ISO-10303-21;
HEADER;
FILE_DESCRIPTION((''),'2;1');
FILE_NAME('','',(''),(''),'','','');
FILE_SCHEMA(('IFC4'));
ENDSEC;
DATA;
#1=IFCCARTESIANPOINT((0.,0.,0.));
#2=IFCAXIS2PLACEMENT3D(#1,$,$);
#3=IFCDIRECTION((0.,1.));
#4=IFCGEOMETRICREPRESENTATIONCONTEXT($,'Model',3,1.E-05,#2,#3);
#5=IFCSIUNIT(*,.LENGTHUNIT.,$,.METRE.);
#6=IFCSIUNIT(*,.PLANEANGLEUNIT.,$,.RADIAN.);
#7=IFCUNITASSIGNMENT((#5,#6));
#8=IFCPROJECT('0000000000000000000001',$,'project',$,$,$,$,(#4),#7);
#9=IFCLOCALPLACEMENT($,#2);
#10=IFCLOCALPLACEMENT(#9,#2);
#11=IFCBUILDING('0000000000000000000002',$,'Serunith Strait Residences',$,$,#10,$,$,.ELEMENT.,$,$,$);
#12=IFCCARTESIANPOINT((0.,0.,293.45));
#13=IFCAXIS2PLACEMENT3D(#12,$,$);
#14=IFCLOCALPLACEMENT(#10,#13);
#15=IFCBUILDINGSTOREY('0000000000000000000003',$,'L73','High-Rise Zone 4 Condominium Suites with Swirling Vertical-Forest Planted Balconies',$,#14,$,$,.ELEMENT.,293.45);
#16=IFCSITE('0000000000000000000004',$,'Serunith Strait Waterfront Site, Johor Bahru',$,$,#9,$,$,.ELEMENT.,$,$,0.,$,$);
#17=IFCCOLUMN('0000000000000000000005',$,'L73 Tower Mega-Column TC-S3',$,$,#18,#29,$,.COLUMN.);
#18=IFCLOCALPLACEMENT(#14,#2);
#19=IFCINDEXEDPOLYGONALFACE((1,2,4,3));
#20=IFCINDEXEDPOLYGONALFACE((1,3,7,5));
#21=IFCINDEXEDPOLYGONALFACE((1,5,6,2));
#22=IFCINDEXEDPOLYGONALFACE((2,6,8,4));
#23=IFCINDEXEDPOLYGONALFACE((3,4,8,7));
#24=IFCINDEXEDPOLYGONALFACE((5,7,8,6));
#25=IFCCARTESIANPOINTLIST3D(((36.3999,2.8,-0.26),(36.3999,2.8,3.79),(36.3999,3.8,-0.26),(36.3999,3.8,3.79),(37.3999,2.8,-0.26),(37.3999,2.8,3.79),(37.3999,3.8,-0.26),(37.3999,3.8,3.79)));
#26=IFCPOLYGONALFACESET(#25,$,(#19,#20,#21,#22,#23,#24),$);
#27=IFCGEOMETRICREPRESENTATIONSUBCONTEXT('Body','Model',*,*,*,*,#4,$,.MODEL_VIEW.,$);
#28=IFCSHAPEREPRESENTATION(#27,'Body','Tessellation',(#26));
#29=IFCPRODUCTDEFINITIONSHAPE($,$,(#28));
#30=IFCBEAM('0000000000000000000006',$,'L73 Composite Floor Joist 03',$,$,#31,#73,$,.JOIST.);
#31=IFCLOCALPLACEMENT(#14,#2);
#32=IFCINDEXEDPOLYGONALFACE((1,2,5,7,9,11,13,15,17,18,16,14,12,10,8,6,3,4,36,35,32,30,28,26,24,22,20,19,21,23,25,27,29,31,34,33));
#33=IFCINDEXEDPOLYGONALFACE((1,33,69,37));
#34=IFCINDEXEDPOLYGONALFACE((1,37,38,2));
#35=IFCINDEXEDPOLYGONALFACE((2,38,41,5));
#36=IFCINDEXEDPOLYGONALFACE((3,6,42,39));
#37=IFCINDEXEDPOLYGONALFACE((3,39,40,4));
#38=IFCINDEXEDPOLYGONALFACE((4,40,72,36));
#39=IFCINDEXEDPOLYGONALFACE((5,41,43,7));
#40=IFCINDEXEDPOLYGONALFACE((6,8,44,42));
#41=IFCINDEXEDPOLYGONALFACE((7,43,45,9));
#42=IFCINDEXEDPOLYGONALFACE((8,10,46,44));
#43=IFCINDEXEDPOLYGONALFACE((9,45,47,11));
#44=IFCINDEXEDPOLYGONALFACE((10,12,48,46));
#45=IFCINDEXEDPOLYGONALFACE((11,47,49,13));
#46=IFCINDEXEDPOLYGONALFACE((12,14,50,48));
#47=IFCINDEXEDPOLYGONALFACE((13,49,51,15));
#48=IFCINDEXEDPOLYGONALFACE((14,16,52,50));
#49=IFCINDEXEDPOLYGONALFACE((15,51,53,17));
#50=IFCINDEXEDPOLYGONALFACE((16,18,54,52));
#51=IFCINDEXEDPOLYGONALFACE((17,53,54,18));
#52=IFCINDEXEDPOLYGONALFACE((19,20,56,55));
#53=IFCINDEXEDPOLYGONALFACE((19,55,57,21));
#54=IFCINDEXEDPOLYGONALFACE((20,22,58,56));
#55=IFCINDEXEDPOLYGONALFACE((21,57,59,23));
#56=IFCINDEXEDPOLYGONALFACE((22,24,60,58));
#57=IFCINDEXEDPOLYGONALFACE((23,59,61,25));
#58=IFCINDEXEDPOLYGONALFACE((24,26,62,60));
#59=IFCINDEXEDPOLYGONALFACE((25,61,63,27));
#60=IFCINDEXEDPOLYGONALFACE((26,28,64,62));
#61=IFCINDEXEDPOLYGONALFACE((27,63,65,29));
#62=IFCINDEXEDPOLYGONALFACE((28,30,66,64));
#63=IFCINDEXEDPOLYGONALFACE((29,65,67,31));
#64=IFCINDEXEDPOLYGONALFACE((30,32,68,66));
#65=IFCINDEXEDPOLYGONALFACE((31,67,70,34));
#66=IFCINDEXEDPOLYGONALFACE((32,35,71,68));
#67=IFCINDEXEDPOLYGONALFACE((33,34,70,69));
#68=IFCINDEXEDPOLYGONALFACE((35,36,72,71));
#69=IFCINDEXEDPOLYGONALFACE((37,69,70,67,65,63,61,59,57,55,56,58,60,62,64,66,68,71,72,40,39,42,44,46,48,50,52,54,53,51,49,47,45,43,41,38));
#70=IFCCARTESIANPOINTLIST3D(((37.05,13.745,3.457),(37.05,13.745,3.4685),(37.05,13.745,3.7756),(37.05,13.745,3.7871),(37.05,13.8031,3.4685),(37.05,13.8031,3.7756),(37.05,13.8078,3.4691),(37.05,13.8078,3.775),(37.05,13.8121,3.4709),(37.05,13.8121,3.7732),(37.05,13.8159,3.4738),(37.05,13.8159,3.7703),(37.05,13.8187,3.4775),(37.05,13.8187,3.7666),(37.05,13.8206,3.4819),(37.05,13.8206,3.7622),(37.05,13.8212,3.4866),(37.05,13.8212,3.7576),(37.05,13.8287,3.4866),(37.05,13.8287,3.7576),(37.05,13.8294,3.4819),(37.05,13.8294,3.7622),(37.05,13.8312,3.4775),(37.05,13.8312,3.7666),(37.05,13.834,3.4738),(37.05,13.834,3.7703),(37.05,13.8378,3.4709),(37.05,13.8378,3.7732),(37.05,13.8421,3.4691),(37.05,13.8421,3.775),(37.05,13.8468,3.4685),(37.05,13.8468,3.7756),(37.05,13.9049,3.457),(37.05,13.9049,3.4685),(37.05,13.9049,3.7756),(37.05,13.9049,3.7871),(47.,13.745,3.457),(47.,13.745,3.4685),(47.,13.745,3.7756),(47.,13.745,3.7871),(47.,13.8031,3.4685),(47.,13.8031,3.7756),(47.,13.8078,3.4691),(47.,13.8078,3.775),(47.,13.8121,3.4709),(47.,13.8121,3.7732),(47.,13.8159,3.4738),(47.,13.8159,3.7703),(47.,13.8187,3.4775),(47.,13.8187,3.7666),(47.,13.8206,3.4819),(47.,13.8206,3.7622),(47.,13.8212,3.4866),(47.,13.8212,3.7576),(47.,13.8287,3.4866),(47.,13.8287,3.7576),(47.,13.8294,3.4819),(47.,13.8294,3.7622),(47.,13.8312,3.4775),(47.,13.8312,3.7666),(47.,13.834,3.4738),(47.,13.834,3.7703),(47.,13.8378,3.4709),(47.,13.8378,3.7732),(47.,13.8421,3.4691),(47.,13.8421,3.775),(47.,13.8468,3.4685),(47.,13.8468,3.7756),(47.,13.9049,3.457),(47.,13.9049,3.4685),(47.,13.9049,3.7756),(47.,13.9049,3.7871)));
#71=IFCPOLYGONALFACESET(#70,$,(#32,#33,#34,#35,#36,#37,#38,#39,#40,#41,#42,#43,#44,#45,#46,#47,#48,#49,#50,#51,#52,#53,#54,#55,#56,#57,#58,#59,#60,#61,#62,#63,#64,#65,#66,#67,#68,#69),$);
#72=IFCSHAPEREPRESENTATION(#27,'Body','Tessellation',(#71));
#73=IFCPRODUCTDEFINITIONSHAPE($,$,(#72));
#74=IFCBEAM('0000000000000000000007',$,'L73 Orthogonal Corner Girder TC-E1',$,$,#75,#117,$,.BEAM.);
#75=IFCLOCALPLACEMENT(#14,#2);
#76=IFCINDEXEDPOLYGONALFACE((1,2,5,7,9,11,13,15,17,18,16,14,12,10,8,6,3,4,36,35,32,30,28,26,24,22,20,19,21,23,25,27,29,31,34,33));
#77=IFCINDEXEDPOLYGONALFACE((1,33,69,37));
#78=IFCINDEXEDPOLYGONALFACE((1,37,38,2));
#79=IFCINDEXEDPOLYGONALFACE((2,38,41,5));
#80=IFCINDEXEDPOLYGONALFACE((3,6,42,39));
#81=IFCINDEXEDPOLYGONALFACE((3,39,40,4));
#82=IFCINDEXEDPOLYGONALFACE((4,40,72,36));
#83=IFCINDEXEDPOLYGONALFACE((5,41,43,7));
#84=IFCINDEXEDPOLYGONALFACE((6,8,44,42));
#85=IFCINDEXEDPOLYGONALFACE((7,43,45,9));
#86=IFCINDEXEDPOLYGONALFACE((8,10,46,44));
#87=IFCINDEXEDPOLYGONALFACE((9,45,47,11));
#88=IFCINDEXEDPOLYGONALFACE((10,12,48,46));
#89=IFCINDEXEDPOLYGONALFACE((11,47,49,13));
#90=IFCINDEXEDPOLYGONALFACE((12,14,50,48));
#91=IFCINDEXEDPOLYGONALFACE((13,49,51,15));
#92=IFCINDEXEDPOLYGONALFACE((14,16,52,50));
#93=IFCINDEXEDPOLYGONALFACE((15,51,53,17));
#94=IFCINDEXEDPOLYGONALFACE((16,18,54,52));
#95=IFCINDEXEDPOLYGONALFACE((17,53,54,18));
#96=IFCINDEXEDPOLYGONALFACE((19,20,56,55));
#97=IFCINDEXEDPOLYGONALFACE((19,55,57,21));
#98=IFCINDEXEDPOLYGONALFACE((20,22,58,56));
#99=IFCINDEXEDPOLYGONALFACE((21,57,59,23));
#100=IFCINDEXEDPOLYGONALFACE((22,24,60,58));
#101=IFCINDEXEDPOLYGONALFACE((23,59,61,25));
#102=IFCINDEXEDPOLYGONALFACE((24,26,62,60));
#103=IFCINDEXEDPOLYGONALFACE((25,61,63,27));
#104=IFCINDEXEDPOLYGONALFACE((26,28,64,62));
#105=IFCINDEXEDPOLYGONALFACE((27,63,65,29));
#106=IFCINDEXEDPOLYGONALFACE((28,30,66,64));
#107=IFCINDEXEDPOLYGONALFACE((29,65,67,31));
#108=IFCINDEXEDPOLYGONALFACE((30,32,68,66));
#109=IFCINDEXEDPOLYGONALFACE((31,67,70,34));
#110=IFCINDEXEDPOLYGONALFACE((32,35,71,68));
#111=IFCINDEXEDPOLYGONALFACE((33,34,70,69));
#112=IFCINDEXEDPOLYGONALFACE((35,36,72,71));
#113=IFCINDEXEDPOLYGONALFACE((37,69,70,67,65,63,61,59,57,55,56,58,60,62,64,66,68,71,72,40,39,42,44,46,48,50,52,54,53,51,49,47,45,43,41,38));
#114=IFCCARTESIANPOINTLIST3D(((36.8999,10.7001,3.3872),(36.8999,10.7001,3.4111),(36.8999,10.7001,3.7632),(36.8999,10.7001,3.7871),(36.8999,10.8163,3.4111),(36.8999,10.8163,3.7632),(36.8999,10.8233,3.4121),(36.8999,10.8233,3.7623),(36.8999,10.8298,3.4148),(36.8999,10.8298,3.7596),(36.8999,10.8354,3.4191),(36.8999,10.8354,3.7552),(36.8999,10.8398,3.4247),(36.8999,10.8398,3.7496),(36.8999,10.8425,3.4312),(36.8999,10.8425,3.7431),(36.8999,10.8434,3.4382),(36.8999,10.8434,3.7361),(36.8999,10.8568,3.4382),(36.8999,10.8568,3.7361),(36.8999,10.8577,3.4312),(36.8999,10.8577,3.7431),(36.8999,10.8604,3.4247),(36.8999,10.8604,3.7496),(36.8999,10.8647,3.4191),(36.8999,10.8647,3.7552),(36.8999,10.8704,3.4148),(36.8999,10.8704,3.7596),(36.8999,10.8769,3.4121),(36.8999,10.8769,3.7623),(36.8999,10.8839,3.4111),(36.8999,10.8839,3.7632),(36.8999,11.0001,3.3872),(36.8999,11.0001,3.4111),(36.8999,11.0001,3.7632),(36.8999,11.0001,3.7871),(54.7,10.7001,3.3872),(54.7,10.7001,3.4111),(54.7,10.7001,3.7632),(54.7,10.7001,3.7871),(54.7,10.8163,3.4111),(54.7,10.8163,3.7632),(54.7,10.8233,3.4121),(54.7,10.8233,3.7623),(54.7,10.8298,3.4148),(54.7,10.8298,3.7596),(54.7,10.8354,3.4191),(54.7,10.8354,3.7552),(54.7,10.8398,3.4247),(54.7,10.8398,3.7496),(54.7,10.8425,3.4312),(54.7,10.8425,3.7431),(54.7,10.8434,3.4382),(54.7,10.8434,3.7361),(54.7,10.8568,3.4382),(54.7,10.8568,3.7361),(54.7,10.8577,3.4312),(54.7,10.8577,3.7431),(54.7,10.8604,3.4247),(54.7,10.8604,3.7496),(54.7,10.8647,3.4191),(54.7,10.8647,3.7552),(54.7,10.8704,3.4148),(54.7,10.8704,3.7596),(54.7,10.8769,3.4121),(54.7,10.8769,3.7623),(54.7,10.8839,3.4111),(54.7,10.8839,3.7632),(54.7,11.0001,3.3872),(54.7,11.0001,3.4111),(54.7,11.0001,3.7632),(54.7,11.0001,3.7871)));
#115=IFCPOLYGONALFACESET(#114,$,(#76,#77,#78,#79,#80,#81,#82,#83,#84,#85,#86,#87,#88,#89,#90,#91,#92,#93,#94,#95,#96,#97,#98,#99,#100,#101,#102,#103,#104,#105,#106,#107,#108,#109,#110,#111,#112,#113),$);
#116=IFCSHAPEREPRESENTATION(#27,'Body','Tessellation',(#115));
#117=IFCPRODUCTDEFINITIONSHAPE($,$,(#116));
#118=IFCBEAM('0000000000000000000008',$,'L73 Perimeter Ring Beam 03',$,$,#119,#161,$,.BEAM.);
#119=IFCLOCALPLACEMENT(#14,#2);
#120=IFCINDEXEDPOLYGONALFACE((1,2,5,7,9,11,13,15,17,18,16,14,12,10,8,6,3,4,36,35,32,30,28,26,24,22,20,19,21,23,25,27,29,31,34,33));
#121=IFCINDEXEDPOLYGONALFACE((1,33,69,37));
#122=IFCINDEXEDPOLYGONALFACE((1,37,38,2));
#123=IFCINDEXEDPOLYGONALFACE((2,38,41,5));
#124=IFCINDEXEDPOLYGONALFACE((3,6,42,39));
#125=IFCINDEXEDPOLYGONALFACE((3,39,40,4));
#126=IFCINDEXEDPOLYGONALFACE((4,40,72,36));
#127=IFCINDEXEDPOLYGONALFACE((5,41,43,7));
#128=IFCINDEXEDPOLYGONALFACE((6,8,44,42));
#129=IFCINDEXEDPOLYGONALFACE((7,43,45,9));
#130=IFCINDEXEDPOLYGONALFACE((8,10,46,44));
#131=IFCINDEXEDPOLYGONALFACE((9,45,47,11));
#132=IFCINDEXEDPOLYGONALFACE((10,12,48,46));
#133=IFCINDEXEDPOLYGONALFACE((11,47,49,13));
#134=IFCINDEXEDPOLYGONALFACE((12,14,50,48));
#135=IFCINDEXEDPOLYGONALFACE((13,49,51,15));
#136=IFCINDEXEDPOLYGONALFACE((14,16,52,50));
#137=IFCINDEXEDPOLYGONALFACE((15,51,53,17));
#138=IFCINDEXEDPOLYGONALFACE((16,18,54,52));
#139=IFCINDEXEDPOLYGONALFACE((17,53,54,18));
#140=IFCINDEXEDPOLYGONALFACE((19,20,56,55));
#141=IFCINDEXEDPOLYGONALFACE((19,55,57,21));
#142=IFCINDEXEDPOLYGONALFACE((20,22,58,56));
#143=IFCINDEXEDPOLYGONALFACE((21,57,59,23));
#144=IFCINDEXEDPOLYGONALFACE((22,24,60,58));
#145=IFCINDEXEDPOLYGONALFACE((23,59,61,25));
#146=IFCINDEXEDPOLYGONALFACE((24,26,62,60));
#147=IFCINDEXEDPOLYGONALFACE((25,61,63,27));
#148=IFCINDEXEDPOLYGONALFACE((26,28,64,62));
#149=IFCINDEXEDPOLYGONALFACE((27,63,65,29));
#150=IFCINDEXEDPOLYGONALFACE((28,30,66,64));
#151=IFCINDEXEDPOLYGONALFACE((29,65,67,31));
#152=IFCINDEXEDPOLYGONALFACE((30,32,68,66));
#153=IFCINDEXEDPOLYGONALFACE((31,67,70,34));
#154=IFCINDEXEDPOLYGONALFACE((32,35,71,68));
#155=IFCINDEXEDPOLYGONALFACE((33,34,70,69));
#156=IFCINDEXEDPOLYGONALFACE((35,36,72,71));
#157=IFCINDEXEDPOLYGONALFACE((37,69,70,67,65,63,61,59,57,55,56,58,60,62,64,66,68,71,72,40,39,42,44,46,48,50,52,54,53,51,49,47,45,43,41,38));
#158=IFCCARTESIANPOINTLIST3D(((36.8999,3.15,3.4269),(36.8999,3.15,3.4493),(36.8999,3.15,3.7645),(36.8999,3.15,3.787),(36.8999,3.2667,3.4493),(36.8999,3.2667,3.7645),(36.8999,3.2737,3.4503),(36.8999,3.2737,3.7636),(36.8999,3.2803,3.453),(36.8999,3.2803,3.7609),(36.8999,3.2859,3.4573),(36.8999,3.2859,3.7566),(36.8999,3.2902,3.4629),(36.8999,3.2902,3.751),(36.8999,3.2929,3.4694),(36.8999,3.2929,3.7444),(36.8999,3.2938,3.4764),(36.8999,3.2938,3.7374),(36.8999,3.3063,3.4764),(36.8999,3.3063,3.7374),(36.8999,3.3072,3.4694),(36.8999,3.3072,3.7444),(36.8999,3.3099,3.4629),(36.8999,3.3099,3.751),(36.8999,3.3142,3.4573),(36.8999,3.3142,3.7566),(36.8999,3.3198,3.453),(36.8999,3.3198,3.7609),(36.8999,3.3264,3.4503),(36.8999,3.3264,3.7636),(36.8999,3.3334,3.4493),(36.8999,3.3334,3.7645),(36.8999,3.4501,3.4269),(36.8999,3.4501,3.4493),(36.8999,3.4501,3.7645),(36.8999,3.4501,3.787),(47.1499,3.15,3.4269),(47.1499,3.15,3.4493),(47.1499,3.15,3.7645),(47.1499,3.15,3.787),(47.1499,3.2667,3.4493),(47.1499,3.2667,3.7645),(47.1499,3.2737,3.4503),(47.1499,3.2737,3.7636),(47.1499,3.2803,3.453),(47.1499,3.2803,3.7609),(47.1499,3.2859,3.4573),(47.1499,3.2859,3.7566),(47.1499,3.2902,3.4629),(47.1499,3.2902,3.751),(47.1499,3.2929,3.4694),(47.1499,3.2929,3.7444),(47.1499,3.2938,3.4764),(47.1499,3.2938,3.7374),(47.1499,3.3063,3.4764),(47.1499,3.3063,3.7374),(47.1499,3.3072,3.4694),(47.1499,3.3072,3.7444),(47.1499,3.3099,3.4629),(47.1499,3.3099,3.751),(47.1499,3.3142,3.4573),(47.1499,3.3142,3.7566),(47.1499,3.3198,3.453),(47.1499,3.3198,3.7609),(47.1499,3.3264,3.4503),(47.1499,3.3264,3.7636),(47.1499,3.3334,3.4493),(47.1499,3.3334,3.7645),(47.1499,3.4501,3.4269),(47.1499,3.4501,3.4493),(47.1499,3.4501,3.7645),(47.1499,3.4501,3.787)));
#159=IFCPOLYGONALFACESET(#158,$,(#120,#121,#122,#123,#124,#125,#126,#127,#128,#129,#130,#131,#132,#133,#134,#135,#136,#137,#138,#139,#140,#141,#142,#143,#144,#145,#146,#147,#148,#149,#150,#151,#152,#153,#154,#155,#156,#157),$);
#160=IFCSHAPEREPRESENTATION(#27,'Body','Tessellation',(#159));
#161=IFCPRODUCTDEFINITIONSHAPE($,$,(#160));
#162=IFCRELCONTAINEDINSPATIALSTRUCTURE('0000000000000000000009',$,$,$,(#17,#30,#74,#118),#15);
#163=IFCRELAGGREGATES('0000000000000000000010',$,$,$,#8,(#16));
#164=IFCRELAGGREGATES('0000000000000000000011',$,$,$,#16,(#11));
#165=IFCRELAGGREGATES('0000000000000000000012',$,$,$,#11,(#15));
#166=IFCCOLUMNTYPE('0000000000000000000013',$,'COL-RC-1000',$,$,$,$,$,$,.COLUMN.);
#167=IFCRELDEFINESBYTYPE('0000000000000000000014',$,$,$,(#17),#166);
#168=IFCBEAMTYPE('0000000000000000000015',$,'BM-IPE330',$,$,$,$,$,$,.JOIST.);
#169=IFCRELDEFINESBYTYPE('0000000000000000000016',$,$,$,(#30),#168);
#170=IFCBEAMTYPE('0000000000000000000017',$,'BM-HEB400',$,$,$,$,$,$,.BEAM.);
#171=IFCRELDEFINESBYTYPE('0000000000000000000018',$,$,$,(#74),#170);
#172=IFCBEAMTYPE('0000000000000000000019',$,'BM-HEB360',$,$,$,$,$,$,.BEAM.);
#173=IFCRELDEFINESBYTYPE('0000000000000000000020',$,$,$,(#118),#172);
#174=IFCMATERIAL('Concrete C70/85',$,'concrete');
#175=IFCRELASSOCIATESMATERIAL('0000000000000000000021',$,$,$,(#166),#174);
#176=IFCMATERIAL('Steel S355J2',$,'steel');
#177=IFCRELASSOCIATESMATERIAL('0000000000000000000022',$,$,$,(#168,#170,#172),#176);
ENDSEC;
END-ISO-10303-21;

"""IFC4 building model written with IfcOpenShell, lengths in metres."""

from ifc_helpers import new_model, si_unit, direction, frame, origin, origin_2d, place, context, subcontext, project, spatial, rectangle, i_section, extrude, source, transform, mapped, material, material_profile, profile_set, type_object, element, save


model = new_model("IFC4")

# Units and contexts
model_context = context("Model", 3, precision=1e-05, world=origin(), true_north=direction((0.0, 1.0)))
body_context = subcontext(model_context, "Body", "Model", "MODEL_VIEW")
ifc_project = project(units=[si_unit("LENGTHUNIT", "METRE"), si_unit("PLANEANGLEUNIT", "RADIAN")], contexts=[model_context])

# Site, building, storey
site_placement = place(None, origin())
site = spatial("IfcSite", under=ifc_project, at=site_placement, Name="Serunith Strait Waterfront Site, Johor Bahru", CompositionType="ELEMENT", RefElevation=0.0)
building_placement = place(site_placement, origin())
building = spatial("IfcBuilding", under=site, at=building_placement, Name="Serunith Strait Residences", CompositionType="ELEMENT")
storey_placement = place(building_placement, frame((0.0, 0.0, 293.45)))
storey = spatial("IfcBuildingStorey", under=building, at=storey_placement, Name="L73", Description="High-Rise Zone 4 Condominium Suites with Swirling Vertical-Forest Planted Balconies", CompositionType="ELEMENT", Elevation=293.45)

# Column
ifc_material_1 = material(Name="Concrete C70/85", Category="concrete")
ifc_material_profile_1 = material_profile(ifc_material_1, rectangle(XDim=1.0, YDim=1.0, at=origin_2d()), Name="RC 1000x1000")
ifc_profile_set_1 = profile_set([ifc_material_profile_1], Name="Concrete C70/85")
column_type = type_object("IfcColumnType", Name="COL-RC-1000", PredefinedType="COLUMN", material=ifc_profile_set_1)
shared_shape_1 = source(origin(), body_context, "Body", "SweptSolid", [
    extrude(rectangle(XDim=1.0, YDim=1.0, at=origin_2d()), origin(), (0.0, 0.0, 1.0), 4.05),
])
column_placement = place(storey_placement, frame((36.8999, 3.3, -0.26), z_axis=(0.0, 0.0, 1.0), x_axis=(1.0, 0.0, 0.0)))
element("IfcColumn", 1, at=column_placement, inside=storey, type_object=column_type, Name="L73 Tower Mega-Column TC-S3", PredefinedType="COLUMN", context=body_context, shape_type="MappedRepresentation", body=[
    mapped(shared_shape_1, transform((0.0, 0.0, 0.0), scale=1.0)),
])

# Beams
ifc_material_2 = material(Name="Steel S355J2", Category="steel")
ifc_material_profile_2 = material_profile(ifc_material_2, i_section(OverallWidth=0.1599, OverallDepth=0.3301, WebThickness=0.0076, FlangeThickness=0.0115, FilletRadius=0.0181, at=origin_2d()), Name="IPE 330")
ifc_profile_set_2 = profile_set([ifc_material_profile_2], Name="Steel S355J2")
beam_type_1 = type_object("IfcBeamType", Name="BM-IPE330", PredefinedType="JOIST", material=ifc_profile_set_2)
shared_shape_2 = source(origin(), body_context, "Body", "SweptSolid", [
    extrude(i_section(OverallWidth=0.1599, OverallDepth=0.3301, WebThickness=0.0076, FlangeThickness=0.0115, FilletRadius=0.0181, at=origin_2d()), origin(), (0.0, 0.0, 1.0), 9.95),
])
beam_1_placement = place(storey_placement, frame((37.05, 13.825, 3.6221), z_axis=(1.0, 0.0, 0.0), x_axis=(0.0, 1.0, 0.0)))
element("IfcBeam", 2, at=beam_1_placement, inside=storey, type_object=beam_type_1, Name="L73 Composite Floor Joist 03", PredefinedType="JOIST", context=body_context, shape_type="MappedRepresentation", body=[
    mapped(shared_shape_2, transform((0.0, 0.0, 0.0), scale=1.0)),
])
ifc_material_profile_3 = material_profile(ifc_material_2, i_section(OverallWidth=0.3, OverallDepth=0.3999, WebThickness=0.0134, FlangeThickness=0.0239, FilletRadius=0.0271, at=origin_2d()), Name="HEB 400")
ifc_profile_set_3 = profile_set([ifc_material_profile_3], Name="Steel S355J2")
beam_type_2 = type_object("IfcBeamType", Name="BM-HEB400", PredefinedType="BEAM", material=ifc_profile_set_3)
shared_shape_3 = source(origin(), body_context, "Body", "SweptSolid", [
    extrude(i_section(OverallWidth=0.3, OverallDepth=0.3999, WebThickness=0.0134, FlangeThickness=0.0239, FilletRadius=0.0271, at=origin_2d()), origin(), (0.0, 0.0, 1.0), 17.8),
])
beam_2_placement = place(storey_placement, frame((36.8999, 10.8501, 3.5872), z_axis=(1.0, 0.0, 0.0), x_axis=(0.0, 1.0, 0.0)))
element("IfcBeam", 3, at=beam_2_placement, inside=storey, type_object=beam_type_2, Name="L73 Orthogonal Corner Girder TC-E1", PredefinedType="BEAM", context=body_context, shape_type="MappedRepresentation", body=[
    mapped(shared_shape_3, transform((0.0, 0.0, 0.0), scale=1.0)),
])
ifc_material_profile_4 = material_profile(ifc_material_2, i_section(OverallWidth=0.3, OverallDepth=0.3601, WebThickness=0.0125, FlangeThickness=0.0225, FilletRadius=0.0271, at=origin_2d()), Name="HEB 360")
ifc_profile_set_4 = profile_set([ifc_material_profile_4], Name="Steel S355J2")
beam_type_3 = type_object("IfcBeamType", Name="BM-HEB360", PredefinedType="BEAM", material=ifc_profile_set_4)
shared_shape_4 = source(origin(), body_context, "Body", "SweptSolid", [
    extrude(i_section(OverallWidth=0.3, OverallDepth=0.3601, WebThickness=0.0125, FlangeThickness=0.0225, FilletRadius=0.0271, at=origin_2d()), origin(), (0.0, 0.0, 1.0), 10.25),
])
beam_3_placement = place(storey_placement, frame((36.8999, 3.3, 3.6069), z_axis=(1.0, 0.0, 0.0), x_axis=(0.0, 1.0, 0.0)))
element("IfcBeam", 4, at=beam_3_placement, inside=storey, type_object=beam_type_3, Name="L73 Perimeter Ring Beam 03", PredefinedType="BEAM", context=body_context, shape_type="MappedRepresentation", body=[
    mapped(shared_shape_4, transform((0.0, 0.0, 0.0), scale=1.0)),
])

save(model, "model.ifc")
